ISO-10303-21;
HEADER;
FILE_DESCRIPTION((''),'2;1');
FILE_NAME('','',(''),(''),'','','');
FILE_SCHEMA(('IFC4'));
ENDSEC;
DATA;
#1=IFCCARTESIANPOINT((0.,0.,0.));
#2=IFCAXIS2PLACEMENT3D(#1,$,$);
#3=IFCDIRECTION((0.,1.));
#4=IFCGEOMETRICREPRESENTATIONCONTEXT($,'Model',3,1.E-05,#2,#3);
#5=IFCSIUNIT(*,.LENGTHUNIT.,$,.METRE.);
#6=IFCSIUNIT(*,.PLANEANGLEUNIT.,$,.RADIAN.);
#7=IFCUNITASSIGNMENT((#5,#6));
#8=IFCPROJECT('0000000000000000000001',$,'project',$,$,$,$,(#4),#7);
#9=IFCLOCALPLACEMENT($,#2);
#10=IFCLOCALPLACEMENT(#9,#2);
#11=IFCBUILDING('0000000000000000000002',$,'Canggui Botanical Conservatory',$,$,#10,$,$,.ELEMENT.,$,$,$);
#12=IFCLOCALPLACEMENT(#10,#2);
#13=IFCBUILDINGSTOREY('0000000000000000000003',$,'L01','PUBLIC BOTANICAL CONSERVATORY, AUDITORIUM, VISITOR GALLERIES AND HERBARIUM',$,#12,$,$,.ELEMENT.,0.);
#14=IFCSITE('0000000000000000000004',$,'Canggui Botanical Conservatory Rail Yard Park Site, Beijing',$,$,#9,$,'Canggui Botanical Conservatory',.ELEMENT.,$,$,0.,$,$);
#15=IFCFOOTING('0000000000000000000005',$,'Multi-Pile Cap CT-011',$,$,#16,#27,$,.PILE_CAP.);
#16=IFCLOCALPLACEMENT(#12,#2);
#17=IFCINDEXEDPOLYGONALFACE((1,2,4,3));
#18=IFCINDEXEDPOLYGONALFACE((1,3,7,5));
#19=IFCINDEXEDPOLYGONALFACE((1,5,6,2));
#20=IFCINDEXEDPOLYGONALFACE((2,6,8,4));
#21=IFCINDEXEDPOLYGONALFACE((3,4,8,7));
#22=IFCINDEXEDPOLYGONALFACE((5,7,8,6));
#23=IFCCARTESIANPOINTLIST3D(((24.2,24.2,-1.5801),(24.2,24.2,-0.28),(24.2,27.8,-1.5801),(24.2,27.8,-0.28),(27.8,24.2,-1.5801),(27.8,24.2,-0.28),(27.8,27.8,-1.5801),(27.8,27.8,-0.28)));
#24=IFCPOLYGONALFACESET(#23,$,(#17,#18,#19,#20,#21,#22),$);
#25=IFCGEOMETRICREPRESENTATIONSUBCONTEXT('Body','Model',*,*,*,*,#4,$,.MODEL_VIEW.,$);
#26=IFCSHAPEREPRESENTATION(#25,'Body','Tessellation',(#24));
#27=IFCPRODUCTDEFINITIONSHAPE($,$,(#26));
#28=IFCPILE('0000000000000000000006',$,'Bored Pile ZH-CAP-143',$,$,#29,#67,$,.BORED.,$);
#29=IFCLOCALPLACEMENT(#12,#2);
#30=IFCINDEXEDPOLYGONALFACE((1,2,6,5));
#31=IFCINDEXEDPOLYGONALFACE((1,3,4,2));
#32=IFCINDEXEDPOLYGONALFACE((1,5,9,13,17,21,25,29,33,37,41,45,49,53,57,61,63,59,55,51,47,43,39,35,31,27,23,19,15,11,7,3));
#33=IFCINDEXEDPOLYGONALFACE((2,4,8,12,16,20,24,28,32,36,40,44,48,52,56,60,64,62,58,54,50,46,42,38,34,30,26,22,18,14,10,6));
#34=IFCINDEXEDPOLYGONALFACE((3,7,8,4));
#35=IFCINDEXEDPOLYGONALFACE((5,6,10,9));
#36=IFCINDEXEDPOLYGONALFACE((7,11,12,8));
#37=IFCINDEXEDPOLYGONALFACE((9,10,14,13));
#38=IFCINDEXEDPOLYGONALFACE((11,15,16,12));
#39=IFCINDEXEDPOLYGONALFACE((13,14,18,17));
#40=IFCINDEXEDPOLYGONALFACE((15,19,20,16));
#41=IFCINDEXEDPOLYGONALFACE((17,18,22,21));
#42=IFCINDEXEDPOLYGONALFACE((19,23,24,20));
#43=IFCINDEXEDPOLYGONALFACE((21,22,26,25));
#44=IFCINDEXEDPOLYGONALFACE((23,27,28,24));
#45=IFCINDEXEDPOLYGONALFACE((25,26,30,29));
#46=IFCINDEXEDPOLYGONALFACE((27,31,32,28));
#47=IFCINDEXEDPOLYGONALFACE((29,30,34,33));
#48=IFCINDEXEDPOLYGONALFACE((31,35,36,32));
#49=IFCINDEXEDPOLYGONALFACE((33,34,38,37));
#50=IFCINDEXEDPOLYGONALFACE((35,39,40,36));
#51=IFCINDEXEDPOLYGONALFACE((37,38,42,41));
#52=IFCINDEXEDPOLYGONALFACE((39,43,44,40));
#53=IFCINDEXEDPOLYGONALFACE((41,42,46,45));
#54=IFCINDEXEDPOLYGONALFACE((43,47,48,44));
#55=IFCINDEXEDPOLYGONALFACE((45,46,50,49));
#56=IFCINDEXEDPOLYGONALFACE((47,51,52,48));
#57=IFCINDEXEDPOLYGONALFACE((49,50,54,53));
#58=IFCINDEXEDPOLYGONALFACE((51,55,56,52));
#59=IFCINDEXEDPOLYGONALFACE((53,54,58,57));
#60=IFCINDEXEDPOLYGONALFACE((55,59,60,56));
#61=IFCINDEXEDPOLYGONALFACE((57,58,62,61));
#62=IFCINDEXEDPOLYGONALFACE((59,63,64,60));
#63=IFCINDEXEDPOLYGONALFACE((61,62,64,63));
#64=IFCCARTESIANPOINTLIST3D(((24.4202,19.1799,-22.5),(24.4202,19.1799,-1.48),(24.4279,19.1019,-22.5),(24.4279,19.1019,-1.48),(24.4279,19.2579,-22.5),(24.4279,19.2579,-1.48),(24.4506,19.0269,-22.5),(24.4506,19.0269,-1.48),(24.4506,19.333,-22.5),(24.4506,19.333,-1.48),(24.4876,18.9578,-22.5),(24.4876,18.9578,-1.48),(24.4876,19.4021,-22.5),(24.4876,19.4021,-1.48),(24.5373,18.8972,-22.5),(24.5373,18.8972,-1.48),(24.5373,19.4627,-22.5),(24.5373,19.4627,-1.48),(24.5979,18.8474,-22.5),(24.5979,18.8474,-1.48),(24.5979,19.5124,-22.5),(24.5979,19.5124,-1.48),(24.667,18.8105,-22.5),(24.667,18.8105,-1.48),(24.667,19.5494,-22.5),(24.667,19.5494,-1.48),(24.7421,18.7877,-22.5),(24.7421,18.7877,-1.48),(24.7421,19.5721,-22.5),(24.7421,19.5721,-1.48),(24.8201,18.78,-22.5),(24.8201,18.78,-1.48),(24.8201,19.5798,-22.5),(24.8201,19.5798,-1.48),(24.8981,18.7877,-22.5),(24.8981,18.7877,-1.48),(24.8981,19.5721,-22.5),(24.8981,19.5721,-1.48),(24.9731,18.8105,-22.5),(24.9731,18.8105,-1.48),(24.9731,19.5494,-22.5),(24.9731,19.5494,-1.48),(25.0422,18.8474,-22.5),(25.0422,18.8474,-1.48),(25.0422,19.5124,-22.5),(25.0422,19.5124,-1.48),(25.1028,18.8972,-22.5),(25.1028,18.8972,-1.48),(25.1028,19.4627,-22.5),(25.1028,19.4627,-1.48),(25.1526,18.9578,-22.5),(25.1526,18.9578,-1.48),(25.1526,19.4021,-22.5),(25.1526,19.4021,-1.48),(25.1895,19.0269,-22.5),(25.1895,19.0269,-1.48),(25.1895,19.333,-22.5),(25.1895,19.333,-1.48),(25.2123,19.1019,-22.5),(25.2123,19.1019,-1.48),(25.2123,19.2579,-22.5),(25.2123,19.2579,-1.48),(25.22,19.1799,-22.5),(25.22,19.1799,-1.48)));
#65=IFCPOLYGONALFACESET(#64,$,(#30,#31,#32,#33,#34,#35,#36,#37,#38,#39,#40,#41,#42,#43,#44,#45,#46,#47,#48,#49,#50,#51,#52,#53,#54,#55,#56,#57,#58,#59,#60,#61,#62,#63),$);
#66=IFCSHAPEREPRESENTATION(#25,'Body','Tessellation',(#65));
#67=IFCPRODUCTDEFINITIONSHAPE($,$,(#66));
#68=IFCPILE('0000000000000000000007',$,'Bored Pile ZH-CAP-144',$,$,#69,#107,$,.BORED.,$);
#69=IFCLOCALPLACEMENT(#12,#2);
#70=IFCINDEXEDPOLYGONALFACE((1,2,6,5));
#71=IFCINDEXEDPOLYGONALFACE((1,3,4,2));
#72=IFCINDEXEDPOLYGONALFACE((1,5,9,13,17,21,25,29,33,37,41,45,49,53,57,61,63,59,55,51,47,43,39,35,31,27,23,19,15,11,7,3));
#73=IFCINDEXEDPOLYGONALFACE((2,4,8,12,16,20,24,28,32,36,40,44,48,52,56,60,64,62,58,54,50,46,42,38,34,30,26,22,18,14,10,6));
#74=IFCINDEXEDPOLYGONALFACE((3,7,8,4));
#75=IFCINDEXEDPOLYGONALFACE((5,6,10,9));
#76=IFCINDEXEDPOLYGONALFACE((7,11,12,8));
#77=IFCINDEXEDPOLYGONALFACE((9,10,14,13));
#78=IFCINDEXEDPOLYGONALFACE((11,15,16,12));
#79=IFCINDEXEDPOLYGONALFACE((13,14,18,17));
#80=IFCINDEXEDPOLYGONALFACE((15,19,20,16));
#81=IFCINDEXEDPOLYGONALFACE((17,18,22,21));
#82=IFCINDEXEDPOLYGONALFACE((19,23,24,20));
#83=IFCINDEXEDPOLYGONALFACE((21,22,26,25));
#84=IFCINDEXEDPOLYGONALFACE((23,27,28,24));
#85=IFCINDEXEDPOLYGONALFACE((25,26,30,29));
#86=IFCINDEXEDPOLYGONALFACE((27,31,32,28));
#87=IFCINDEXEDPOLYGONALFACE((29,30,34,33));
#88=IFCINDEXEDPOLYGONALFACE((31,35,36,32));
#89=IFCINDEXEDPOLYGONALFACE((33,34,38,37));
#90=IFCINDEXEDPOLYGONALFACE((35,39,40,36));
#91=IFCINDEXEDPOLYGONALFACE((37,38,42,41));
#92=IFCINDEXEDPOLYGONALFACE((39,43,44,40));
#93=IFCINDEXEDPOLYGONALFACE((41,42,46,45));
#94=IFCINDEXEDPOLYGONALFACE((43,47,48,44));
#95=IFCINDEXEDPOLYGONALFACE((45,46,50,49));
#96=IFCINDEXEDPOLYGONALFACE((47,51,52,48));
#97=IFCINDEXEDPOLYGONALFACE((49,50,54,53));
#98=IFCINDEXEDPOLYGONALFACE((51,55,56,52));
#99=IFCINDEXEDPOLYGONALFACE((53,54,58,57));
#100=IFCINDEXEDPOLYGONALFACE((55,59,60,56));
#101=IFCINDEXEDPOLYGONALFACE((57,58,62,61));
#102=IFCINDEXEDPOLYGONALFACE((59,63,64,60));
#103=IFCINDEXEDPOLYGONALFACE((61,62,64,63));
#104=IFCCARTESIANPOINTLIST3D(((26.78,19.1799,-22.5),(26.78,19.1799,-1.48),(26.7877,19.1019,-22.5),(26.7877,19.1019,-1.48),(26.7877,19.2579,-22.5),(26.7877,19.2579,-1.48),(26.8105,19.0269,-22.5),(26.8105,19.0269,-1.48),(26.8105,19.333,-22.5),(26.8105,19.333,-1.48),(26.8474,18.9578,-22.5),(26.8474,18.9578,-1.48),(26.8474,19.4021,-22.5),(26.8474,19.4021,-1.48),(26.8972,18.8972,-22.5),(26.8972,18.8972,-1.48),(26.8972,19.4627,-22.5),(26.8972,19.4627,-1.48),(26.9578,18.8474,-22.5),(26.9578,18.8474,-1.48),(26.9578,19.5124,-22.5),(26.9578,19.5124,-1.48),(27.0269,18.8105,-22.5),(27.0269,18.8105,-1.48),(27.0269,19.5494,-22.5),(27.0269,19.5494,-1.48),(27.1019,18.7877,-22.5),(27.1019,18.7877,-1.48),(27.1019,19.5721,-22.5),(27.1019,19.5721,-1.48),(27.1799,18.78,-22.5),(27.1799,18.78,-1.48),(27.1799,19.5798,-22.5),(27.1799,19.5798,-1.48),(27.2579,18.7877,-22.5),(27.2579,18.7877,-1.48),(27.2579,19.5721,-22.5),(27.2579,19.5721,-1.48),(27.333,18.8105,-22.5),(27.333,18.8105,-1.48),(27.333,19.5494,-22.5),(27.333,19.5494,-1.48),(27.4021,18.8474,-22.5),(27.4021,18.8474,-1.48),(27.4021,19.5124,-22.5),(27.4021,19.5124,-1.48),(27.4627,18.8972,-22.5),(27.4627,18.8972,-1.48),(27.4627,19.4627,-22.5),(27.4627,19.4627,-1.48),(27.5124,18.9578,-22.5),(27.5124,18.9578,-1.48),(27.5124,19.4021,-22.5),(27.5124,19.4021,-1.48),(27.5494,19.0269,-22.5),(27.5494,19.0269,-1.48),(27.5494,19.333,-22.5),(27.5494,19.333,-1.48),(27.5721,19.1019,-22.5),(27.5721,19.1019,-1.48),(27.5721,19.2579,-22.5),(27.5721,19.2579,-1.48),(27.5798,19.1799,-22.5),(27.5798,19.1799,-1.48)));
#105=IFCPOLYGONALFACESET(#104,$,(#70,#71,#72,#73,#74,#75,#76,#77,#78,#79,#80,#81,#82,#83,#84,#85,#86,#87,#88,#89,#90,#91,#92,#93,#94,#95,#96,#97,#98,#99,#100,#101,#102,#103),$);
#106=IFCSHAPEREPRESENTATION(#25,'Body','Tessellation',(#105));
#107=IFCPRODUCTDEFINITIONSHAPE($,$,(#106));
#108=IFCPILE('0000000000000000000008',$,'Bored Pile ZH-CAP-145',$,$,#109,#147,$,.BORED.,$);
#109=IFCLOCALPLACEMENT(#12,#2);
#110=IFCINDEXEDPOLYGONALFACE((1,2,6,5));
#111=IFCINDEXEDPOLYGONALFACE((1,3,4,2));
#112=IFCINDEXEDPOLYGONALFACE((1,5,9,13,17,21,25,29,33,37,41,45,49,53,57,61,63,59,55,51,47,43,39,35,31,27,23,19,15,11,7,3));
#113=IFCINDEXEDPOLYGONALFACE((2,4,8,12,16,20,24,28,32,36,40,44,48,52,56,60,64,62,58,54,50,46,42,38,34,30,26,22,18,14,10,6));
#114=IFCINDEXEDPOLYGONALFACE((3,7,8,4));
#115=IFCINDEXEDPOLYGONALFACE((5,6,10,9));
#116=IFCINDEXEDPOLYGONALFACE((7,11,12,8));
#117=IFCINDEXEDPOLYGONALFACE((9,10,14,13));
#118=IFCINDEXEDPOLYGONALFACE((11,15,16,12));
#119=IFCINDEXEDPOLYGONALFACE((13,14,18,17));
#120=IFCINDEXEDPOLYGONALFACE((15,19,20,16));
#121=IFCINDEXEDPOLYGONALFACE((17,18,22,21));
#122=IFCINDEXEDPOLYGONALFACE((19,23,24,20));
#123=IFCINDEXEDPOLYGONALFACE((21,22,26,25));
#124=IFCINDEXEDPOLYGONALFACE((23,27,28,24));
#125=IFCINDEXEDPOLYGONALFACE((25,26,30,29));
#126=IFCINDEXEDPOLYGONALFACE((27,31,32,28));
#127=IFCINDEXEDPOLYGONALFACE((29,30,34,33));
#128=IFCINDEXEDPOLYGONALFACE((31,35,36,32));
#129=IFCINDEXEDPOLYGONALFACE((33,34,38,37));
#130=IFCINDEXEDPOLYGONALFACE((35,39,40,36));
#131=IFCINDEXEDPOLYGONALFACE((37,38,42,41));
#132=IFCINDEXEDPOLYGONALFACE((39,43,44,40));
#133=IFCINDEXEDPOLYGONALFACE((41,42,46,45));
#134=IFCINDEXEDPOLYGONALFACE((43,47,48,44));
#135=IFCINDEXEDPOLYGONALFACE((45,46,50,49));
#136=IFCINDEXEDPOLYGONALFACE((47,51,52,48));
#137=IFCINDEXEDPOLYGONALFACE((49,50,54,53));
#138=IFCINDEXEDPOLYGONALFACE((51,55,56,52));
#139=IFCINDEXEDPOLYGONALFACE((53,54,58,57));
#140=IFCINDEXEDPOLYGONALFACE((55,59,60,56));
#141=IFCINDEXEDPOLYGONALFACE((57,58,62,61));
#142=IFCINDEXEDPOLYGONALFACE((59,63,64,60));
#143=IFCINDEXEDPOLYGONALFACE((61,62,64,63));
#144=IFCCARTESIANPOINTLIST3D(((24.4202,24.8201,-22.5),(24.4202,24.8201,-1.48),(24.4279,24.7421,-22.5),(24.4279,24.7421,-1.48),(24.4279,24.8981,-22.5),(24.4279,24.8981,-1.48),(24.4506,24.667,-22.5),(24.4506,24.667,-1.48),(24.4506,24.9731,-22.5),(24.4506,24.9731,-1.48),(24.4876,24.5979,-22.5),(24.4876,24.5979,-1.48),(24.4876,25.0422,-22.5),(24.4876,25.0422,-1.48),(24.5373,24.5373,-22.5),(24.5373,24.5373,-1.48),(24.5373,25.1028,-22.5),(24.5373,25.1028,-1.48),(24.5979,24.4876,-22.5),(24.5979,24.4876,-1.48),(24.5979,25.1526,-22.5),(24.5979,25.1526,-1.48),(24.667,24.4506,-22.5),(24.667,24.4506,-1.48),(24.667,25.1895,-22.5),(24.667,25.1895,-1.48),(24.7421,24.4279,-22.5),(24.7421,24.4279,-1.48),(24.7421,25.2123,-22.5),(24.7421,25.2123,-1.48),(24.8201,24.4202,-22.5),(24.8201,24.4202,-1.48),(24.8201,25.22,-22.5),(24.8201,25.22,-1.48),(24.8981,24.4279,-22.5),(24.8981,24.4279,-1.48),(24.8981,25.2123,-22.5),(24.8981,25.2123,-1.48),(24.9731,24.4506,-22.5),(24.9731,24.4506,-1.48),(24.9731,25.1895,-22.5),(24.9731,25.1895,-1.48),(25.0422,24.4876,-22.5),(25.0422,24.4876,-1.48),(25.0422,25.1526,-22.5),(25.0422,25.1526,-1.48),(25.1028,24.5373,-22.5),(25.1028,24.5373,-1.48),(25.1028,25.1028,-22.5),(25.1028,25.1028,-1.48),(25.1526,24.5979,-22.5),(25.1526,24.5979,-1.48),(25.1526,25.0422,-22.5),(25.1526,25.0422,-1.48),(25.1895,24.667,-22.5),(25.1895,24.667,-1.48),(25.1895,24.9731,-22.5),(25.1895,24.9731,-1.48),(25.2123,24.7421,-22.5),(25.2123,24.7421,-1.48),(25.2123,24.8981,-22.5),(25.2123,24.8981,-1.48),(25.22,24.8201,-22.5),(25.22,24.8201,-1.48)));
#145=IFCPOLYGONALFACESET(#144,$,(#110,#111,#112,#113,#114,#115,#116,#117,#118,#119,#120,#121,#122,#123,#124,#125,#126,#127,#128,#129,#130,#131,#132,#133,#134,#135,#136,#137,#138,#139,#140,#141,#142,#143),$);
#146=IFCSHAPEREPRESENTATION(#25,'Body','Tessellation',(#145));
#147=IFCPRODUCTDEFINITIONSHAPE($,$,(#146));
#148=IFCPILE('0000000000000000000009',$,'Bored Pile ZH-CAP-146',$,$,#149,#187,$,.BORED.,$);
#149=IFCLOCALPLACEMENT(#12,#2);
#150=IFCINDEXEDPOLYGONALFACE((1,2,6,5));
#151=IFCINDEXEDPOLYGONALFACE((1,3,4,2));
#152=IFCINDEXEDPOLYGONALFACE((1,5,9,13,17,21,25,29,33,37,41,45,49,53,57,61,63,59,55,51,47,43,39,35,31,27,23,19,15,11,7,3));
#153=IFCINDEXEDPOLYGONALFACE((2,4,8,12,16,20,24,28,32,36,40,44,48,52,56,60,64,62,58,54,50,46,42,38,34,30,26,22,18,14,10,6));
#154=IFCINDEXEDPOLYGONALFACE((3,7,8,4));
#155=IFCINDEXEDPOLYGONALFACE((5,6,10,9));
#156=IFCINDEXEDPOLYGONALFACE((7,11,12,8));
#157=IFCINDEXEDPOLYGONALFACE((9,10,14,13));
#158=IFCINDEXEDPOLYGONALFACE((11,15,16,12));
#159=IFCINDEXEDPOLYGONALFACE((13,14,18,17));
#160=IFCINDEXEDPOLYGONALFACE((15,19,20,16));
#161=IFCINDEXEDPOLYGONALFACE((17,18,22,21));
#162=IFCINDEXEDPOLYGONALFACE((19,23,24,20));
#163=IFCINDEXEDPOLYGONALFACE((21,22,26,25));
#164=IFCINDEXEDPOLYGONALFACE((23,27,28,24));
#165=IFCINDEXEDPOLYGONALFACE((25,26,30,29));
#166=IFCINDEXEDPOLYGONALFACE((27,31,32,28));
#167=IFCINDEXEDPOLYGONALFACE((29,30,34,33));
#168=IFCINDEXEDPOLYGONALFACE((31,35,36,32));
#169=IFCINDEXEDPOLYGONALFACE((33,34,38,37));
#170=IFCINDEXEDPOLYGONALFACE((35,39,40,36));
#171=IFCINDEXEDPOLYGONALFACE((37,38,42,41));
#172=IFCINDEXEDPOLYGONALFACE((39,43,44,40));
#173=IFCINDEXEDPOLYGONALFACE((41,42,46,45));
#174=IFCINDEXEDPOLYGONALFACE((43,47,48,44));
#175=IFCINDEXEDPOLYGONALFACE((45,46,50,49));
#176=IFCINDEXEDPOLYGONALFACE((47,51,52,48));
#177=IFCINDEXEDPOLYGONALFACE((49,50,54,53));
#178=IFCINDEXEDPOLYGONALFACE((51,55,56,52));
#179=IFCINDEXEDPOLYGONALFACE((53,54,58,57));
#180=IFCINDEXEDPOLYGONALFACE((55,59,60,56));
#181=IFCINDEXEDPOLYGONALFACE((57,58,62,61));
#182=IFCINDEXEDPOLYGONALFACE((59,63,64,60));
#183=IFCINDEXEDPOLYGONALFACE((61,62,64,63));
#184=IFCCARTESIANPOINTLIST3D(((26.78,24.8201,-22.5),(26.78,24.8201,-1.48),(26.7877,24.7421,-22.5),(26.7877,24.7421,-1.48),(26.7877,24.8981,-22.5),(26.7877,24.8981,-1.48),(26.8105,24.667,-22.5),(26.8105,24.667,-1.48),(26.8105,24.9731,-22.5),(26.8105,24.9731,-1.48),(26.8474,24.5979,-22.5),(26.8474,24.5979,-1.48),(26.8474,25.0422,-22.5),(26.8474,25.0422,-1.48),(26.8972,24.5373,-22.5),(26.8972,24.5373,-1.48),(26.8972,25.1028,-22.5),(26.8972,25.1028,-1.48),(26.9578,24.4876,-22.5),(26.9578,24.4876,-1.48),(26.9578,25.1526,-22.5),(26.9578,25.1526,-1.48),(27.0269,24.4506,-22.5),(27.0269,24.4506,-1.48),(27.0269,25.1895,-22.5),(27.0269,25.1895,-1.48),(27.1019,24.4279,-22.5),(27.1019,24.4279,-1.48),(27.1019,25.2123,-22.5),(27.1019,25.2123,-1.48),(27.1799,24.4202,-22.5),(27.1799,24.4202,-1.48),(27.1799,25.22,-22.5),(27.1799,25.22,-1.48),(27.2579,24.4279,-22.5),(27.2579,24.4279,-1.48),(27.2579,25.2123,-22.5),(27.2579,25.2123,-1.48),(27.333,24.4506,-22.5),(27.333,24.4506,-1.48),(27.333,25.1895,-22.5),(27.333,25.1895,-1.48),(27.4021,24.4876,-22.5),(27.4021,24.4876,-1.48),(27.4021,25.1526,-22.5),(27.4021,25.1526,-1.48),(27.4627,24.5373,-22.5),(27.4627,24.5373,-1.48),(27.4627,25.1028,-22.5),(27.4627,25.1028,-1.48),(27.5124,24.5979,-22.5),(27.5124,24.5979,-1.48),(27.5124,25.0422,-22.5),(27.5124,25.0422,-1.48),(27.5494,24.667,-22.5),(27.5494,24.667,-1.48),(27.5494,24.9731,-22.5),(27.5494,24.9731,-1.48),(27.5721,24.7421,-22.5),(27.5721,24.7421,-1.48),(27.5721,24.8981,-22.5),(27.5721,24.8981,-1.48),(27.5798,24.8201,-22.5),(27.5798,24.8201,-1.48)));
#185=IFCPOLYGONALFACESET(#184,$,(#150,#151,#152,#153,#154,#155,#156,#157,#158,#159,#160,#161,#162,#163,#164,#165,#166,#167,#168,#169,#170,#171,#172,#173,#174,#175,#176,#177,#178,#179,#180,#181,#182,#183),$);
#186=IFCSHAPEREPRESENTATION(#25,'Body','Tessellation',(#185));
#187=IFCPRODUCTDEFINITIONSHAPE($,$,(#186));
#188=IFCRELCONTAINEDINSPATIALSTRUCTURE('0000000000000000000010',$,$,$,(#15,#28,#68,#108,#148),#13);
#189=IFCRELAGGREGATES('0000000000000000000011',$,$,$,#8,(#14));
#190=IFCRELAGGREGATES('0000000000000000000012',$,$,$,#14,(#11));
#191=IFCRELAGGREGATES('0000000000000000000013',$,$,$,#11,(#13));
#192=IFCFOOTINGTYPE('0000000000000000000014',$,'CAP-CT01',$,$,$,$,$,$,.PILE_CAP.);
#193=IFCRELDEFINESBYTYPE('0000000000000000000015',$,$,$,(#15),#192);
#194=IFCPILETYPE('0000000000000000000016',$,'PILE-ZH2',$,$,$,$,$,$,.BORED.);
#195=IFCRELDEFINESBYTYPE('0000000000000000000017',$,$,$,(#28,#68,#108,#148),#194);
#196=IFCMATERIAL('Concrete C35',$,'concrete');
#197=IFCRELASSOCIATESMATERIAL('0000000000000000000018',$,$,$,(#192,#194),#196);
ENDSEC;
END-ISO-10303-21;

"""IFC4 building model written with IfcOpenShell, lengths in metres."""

from ifc_helpers import new_model, si_unit, direction, frame, origin, origin_2d, place, context, subcontext, project, spatial, rectangle, circle, extrude, material, material_profile, profile_set, type_object, element, save


model = new_model("IFC4")

# Units and contexts
model_context = context("Model", 3, precision=1e-05, world=origin(), true_north=direction((0.0, 1.0)))
body_context = subcontext(model_context, "Body", "Model", "MODEL_VIEW")
ifc_project = project(units=[si_unit("LENGTHUNIT", "METRE"), si_unit("PLANEANGLEUNIT", "RADIAN")], contexts=[model_context])

# Site, building, storey
site_placement = place(None, origin())
site = spatial("IfcSite", under=ifc_project, at=site_placement, Name="Canggui Botanical Conservatory Rail Yard Park Site, Beijing", LongName="Canggui Botanical Conservatory", CompositionType="ELEMENT", RefElevation=0.0)
building_placement = place(site_placement, origin())
building = spatial("IfcBuilding", under=site, at=building_placement, Name="Canggui Botanical Conservatory", CompositionType="ELEMENT")
storey_placement = place(building_placement, origin())
storey = spatial("IfcBuildingStorey", under=building, at=storey_placement, Name="L01", Description="PUBLIC BOTANICAL CONSERVATORY, AUDITORIUM, VISITOR GALLERIES AND HERBARIUM", CompositionType="ELEMENT", Elevation=0.0)

# Footing
ifc_material_1 = material(Name="Concrete C35", Category="concrete")
footing_type = type_object("IfcFootingType", Name="CAP-CT01", PredefinedType="PILE_CAP", material=ifc_material_1)
footing_placement = place(storey_placement, frame((26.0, 26.0, -1.5801), z_axis=(0.0, 0.0, 1.0), x_axis=(1.0, 0.0, 0.0)))
element("IfcFooting", 1, at=footing_placement, inside=storey, type_object=footing_type, Name="Multi-Pile Cap CT-011", PredefinedType="PILE_CAP", context=body_context, shape_type="SweptSolid", body=[
    extrude(rectangle(XDim=3.6001, YDim=3.6001, at=origin_2d()), origin(), (0.0, 0.0, 1.0), 1.3),
])

# Piles
ifc_material_profile_1 = material_profile(ifc_material_1, circle(Radius=0.3999, at=origin_2d()), Name="PILE D800")
ifc_profile_set_1 = profile_set([ifc_material_profile_1], Name="Concrete C35")
pile_type = type_object("IfcPileType", Name="PILE-ZH2", PredefinedType="BORED", material=ifc_profile_set_1)
for number, where, z_axis, x_axis, name in (
    (2, (24.8201, 19.1799, -1.48), (0.0, 0.0, -1.0), (1.0, 0.0, 0.0), "Bored Pile ZH-CAP-143"),
    (3, (27.1799, 19.1799, -1.48), (0.0, 0.0, -1.0), (1.0, 0.0, 0.0), "Bored Pile ZH-CAP-144"),
    (4, (24.8201, 24.8201, -1.48), (0.0, 0.0, -1.0), (1.0, 0.0, 0.0), "Bored Pile ZH-CAP-145"),
    (5, (27.1799, 24.8201, -1.48), (0.0, 0.0, -1.0), (1.0, 0.0, 0.0), "Bored Pile ZH-CAP-146"),
):
    element("IfcPile", number, at=place(storey_placement, frame(where, z_axis=z_axis, x_axis=x_axis)), inside=storey, type_object=pile_type, Name=name, PredefinedType="BORED", context=body_context, shape_type="SweptSolid", body=[
        extrude(circle(Radius=0.3999, at=origin_2d()), origin(), (0.0, 0.0, 1.0), 21.02),
    ])

save(model, "model.ifc")
